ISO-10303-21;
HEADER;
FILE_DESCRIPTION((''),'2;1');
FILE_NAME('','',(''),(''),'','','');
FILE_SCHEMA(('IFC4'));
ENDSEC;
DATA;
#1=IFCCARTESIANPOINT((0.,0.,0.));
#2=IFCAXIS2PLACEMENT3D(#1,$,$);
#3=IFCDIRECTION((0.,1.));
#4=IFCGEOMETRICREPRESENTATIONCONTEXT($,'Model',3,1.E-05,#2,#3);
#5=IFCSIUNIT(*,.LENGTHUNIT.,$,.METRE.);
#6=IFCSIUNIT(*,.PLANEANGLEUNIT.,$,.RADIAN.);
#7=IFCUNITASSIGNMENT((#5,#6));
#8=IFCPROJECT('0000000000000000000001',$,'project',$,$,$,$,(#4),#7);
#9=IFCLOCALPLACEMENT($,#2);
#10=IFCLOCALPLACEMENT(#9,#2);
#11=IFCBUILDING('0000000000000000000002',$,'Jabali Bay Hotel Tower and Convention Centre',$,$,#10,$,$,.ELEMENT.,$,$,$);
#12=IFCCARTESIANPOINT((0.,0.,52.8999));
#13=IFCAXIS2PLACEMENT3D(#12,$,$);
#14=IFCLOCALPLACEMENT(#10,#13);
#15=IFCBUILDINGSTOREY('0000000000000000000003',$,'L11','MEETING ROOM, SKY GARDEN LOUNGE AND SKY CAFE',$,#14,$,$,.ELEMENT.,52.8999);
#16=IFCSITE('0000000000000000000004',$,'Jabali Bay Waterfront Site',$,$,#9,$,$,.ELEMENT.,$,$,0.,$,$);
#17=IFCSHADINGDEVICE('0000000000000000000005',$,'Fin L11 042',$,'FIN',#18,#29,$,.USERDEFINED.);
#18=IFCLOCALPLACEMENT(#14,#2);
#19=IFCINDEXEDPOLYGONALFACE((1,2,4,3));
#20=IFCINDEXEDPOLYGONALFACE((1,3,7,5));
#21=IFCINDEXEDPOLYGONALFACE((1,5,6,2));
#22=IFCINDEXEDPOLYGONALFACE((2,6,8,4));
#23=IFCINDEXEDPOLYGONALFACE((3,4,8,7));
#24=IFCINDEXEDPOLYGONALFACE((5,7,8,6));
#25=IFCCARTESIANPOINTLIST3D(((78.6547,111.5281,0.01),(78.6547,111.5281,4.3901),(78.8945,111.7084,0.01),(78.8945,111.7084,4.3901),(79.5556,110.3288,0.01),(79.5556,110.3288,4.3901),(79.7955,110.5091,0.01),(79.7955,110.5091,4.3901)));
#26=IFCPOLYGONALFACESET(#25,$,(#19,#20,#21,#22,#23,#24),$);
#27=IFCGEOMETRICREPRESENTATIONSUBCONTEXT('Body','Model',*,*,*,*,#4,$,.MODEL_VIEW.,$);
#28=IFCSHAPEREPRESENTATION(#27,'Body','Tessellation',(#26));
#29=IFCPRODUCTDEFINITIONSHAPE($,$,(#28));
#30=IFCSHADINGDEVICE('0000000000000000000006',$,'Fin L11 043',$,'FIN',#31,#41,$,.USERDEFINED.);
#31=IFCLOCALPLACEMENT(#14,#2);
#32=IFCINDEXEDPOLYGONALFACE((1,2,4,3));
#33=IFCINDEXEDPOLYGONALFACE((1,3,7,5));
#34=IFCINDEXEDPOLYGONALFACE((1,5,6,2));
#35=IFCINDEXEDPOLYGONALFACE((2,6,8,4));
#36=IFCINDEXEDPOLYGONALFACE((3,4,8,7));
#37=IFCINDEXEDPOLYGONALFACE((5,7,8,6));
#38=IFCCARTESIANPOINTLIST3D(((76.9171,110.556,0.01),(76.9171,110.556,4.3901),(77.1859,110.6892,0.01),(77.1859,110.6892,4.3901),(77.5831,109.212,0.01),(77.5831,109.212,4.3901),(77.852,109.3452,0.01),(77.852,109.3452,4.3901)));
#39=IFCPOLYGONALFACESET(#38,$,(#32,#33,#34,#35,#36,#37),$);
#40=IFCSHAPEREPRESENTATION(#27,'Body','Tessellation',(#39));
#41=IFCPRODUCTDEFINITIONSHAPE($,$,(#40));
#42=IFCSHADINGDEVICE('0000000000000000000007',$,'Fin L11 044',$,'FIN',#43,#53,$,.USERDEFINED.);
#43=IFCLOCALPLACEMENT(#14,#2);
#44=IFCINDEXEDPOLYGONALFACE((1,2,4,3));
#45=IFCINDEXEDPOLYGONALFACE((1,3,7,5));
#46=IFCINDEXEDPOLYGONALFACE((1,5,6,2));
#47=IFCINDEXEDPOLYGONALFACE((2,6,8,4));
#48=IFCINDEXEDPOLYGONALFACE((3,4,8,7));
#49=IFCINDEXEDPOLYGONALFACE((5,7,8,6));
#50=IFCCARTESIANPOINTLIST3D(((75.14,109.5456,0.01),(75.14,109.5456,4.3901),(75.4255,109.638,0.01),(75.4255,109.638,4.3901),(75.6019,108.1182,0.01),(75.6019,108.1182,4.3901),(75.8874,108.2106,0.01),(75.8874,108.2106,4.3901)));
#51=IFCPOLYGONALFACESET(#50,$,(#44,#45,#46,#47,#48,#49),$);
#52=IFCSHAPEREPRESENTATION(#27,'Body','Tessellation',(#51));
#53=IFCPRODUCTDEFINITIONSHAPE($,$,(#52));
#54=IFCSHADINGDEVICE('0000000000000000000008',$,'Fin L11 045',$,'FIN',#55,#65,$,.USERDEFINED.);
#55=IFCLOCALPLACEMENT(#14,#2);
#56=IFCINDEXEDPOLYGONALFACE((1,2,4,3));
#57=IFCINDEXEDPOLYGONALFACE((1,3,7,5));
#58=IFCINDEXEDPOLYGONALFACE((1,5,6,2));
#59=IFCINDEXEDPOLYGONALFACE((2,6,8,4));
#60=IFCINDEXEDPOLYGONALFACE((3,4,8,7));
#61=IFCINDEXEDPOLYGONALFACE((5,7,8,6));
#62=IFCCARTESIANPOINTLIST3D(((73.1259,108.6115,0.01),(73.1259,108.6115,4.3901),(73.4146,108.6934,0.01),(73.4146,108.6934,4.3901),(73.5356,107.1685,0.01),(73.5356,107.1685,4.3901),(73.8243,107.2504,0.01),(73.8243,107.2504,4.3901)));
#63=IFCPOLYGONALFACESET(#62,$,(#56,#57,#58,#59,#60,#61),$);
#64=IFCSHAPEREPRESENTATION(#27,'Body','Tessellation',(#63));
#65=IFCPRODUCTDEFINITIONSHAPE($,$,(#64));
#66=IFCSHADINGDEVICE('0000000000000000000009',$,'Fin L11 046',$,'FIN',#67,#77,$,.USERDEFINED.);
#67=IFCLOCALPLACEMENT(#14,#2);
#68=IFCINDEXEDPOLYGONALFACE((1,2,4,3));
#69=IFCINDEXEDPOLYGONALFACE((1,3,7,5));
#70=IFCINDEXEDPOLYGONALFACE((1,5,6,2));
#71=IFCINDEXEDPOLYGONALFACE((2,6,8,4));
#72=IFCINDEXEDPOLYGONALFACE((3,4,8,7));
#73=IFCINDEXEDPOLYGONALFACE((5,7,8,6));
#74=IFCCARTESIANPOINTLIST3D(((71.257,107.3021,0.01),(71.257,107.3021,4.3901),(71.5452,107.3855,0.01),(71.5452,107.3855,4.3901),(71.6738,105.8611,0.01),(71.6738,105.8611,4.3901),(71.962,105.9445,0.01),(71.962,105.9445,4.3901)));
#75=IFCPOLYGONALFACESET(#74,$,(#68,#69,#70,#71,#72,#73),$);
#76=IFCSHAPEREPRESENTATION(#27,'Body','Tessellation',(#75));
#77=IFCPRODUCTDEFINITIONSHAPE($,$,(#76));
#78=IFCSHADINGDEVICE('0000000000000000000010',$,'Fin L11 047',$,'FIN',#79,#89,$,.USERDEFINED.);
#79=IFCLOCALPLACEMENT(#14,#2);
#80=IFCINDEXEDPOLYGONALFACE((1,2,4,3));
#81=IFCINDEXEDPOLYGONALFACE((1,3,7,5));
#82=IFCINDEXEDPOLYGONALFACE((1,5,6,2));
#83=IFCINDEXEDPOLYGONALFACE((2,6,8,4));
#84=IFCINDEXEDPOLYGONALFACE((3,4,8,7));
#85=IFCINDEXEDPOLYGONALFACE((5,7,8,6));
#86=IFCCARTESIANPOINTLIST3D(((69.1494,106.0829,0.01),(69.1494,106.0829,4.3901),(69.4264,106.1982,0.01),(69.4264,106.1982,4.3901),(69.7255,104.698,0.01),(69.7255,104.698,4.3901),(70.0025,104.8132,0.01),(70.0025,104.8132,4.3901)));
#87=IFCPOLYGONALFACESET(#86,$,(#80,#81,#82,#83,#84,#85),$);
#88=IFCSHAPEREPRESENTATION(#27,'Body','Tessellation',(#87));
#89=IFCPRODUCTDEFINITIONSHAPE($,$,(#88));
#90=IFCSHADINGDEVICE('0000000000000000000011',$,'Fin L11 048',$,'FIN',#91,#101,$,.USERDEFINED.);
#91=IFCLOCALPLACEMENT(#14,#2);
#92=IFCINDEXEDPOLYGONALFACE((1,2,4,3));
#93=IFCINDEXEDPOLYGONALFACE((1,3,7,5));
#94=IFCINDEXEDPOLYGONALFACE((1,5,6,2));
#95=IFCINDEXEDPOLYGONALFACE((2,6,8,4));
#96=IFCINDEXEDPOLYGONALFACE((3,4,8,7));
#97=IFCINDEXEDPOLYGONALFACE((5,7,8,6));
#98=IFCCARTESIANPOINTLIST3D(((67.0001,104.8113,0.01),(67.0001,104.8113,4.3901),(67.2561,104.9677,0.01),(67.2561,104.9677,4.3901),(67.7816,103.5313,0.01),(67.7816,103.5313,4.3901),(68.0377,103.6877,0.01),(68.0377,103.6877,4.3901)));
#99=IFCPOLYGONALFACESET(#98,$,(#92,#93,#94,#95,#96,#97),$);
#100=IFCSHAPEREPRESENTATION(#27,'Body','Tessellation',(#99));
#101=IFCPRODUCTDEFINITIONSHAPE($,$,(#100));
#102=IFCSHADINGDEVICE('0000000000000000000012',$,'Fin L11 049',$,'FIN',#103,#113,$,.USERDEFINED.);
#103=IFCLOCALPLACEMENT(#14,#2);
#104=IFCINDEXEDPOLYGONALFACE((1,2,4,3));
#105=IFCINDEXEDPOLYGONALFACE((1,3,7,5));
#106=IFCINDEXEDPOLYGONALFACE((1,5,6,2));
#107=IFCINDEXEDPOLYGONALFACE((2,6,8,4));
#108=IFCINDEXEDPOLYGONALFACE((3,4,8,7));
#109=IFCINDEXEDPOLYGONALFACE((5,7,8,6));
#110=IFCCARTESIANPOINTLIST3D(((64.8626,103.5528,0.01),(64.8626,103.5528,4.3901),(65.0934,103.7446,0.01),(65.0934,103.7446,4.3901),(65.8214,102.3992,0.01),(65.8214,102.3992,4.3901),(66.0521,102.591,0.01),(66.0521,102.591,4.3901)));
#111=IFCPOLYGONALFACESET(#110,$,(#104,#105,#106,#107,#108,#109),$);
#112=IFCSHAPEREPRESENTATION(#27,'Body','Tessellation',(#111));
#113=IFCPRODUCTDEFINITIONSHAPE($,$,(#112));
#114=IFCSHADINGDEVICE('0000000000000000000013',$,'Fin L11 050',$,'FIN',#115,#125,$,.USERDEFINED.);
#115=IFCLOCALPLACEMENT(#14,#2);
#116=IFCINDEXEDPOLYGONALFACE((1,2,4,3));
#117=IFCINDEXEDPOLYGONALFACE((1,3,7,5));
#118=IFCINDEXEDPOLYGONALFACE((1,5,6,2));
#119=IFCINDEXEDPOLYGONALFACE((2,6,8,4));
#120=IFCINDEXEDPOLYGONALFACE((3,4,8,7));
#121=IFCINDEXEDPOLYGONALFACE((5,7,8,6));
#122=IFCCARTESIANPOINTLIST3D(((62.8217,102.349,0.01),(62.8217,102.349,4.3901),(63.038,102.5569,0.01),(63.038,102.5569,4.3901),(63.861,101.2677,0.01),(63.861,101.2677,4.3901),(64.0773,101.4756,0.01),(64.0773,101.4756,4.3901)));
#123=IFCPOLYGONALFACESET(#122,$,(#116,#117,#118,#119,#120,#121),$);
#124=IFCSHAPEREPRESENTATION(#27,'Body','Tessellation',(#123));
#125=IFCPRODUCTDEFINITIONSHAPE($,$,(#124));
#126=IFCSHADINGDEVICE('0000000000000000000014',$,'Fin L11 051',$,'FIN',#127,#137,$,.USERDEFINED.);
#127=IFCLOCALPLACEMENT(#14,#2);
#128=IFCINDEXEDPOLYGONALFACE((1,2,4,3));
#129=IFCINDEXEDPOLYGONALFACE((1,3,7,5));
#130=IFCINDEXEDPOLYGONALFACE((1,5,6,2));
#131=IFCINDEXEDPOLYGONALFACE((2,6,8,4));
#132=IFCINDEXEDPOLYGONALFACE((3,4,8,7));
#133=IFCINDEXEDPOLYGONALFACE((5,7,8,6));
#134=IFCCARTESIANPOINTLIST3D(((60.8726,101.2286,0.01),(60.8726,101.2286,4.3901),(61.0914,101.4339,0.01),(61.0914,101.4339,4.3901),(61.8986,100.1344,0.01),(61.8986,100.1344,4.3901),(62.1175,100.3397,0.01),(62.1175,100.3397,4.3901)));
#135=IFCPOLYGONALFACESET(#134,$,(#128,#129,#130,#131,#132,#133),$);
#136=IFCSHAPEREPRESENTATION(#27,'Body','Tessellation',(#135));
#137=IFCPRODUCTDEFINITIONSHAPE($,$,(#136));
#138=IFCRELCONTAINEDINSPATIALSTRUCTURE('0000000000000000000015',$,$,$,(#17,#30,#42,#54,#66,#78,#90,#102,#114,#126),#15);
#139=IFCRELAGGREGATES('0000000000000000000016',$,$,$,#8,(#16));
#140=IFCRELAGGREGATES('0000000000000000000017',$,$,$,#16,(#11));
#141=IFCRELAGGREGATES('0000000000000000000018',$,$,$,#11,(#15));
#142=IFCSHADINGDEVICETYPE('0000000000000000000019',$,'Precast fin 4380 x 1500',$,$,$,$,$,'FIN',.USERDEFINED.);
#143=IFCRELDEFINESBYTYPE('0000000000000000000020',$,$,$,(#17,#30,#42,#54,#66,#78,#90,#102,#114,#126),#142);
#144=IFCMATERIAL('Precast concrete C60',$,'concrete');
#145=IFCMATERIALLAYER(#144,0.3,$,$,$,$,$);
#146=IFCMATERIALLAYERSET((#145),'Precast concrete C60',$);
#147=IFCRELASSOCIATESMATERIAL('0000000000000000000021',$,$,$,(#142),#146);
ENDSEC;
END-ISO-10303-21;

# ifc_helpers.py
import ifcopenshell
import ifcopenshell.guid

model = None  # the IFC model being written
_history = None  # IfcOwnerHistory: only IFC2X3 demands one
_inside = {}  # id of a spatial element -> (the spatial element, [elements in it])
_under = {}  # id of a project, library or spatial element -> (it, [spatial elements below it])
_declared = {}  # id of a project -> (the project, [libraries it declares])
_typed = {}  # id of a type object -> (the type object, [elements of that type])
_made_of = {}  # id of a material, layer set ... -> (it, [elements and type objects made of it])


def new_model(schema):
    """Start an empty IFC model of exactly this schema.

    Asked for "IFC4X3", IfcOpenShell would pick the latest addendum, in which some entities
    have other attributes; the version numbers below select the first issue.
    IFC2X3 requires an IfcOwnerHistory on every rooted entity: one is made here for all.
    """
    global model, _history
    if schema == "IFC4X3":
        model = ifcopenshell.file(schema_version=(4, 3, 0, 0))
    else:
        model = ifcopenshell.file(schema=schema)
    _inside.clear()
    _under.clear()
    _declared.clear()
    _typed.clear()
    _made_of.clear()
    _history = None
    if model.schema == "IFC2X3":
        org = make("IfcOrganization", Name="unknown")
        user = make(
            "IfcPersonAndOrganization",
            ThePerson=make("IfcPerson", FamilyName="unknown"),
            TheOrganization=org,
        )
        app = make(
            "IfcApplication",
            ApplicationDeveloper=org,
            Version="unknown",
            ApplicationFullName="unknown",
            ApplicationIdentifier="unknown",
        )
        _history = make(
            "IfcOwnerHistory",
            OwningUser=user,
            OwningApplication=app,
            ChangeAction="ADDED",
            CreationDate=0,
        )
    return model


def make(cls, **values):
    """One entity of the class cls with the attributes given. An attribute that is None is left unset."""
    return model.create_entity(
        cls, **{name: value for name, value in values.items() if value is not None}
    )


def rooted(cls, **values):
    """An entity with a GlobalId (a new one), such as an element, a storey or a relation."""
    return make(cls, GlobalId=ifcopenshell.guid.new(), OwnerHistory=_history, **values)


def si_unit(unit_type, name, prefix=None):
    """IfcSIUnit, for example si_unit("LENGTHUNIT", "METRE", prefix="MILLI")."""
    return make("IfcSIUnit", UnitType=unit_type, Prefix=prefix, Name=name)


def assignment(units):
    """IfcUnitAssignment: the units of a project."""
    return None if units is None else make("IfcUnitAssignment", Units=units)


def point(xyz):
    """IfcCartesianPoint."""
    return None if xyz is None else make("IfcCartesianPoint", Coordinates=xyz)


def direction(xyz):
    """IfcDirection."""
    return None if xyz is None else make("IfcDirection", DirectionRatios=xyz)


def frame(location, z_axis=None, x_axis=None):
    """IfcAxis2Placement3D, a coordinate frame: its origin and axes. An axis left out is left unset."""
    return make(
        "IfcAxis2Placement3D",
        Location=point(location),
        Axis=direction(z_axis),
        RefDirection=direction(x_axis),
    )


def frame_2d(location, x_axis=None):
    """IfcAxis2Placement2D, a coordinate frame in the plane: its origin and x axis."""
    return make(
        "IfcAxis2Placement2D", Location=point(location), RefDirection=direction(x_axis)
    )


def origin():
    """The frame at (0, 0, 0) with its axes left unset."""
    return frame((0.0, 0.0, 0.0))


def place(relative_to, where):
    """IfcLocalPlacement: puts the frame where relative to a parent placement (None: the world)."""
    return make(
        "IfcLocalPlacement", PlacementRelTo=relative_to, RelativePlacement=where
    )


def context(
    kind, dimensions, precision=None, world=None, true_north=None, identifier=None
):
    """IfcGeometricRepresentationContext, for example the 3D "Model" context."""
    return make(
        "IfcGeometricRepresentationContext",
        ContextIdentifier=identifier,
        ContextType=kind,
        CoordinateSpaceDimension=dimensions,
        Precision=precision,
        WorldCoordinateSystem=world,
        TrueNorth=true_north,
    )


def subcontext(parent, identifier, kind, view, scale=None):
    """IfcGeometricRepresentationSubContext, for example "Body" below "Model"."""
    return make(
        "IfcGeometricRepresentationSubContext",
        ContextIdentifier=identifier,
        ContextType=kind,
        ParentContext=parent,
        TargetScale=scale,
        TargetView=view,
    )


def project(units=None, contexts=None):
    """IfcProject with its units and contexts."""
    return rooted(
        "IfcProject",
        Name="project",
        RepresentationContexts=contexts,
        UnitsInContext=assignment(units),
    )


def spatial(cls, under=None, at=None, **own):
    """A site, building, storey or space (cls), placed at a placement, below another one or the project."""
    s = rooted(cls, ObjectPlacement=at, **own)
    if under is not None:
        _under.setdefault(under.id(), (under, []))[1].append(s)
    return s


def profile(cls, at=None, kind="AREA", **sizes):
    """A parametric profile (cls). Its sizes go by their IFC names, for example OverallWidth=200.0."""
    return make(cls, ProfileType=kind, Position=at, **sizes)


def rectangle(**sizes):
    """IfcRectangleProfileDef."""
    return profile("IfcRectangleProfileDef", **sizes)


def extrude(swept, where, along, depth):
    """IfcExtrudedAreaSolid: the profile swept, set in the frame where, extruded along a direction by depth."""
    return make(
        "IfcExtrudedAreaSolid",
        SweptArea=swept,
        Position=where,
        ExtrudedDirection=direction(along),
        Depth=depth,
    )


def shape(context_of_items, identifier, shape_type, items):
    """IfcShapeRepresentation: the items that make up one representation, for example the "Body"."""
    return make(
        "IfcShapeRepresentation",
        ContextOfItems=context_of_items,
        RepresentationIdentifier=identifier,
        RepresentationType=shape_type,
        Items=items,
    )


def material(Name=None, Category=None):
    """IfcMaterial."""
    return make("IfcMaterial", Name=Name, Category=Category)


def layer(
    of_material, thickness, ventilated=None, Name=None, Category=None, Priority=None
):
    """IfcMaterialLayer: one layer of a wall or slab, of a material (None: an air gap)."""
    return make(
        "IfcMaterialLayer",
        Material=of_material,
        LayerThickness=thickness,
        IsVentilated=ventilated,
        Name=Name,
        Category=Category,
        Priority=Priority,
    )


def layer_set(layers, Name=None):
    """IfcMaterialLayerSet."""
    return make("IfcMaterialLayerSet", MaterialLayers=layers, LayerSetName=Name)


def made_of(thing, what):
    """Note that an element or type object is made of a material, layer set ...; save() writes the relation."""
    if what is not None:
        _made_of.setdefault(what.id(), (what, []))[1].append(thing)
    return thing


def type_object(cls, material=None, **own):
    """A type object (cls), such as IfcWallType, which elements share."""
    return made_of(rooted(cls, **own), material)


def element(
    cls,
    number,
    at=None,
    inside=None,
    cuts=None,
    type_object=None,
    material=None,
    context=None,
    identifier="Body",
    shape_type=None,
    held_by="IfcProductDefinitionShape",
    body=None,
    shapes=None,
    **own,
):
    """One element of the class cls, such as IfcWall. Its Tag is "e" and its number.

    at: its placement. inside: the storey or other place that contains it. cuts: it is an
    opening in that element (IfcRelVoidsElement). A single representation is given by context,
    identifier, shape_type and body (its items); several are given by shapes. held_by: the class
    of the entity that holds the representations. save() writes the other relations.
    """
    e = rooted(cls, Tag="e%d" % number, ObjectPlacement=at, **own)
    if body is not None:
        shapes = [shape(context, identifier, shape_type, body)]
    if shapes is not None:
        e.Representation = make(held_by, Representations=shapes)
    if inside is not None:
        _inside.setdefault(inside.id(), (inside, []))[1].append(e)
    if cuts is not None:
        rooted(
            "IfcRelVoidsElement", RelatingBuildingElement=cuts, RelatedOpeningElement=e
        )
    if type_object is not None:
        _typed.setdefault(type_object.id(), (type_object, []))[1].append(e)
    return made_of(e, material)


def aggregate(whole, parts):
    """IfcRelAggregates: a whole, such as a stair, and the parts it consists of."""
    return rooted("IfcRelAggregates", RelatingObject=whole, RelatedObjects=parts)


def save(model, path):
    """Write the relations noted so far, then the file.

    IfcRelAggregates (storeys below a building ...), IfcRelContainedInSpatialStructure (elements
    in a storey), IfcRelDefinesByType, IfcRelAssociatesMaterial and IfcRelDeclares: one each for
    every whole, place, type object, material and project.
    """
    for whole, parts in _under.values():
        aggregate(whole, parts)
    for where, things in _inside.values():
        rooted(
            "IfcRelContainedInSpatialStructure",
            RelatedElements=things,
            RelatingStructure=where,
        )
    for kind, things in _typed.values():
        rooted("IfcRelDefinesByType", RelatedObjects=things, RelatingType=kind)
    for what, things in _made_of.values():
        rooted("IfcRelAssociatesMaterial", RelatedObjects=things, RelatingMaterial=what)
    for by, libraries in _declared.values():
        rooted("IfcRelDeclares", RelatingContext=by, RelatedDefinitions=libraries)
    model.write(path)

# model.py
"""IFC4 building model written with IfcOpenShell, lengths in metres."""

from ifc_helpers import new_model, si_unit, direction, frame, frame_2d, origin, place, context, subcontext, project, spatial, rectangle, extrude, material, layer, layer_set, type_object, element, save


model = new_model("IFC4")

# Units and contexts
model_context = context("Model", 3, precision=1e-05, world=origin(), true_north=direction((0.0, 1.0)))
body_context = subcontext(model_context, "Body", "Model", "MODEL_VIEW")
ifc_project = project(units=[si_unit("LENGTHUNIT", "METRE"), si_unit("PLANEANGLEUNIT", "RADIAN")], contexts=[model_context])

# Site, building, storey
site_placement = place(None, origin())
site = spatial("IfcSite", under=ifc_project, at=site_placement, Name="Jabali Bay Waterfront Site", CompositionType="ELEMENT", RefElevation=0.0)
building_placement = place(site_placement, origin())
building = spatial("IfcBuilding", under=site, at=building_placement, Name="Jabali Bay Hotel Tower and Convention Centre", CompositionType="ELEMENT")
storey_placement = place(building_placement, frame((0.0, 0.0, 52.8999)))
storey = spatial("IfcBuildingStorey", under=building, at=storey_placement, Name="L11", Description="MEETING ROOM, SKY GARDEN LOUNGE AND SKY CAFE", CompositionType="ELEMENT", Elevation=52.8999)

# Shading devices
ifc_material_1 = material(Name="Precast concrete C60", Category="concrete")
ifc_layer_1 = layer(ifc_material_1, 0.3)
ifc_layer_set_1 = layer_set([ifc_layer_1], Name="Precast concrete C60")
shading_device_type = type_object("IfcShadingDeviceType", Name="Precast fin 4380 x 1500", ElementType="FIN", PredefinedType="USERDEFINED", material=ifc_layer_set_1)
for number, where, z_axis, x_axis, name in (
    (1, (79.6755, 110.4189, 0.01), (0.0, 0.0, 1.0), (-0.600625, 0.799531, 0.0), "Fin L11 042"),
    (2, (77.7175, 109.2786, 0.01), (0.0, 0.0, 1.0), (-0.444021, 0.896017, 0.0), "Fin L11 043"),
):
    element("IfcShadingDevice", number, at=place(storey_placement, frame(where, z_axis=z_axis, x_axis=x_axis)), inside=storey, type_object=shading_device_type, Name=name, ObjectType="FIN", PredefinedType="USERDEFINED", context=body_context, shape_type="SweptSolid", body=[
        extrude(rectangle(XDim=1.5, YDim=0.3, at=frame_2d((0.75, 0.0))), origin(), (0.0, 0.0, 1.0), 4.3801),
    ])
shading_device_1_placement = place(storey_placement, frame((75.7446, 108.1646, 0.01), z_axis=(0.0, 0.0, 1.0), x_axis=(-0.307916, 0.951414, 0.0)))
element("IfcShadingDevice", 3, at=shading_device_1_placement, inside=storey, type_object=shading_device_type, Name="Fin L11 044", ObjectType="FIN", PredefinedType="USERDEFINED", context=body_context, shape_type="SweptSolid", body=[
    extrude(rectangle(XDim=1.5002, YDim=0.3, at=frame_2d((0.75, 0.0))), origin(), (0.0, 0.0, 1.0), 4.3801),
])
for number, where, z_axis, x_axis, name in (
    (4, (73.6799, 107.2095, 0.01), (0.0, 0.0, 1.0), (-0.27313, 0.961977, 0.0), "Fin L11 045"),
    (5, (71.8179, 105.9028, 0.01), (0.0, 0.0, 1.0), (-0.277837, 0.960628, 0.0), "Fin L11 046"),
    (6, (69.864, 104.7556, 0.01), (0.0, 0.0, 1.0), (-0.384095, 0.923293, 0.0), "Fin L11 047"),
):
    element("IfcShadingDevice", number, at=place(storey_placement, frame(where, z_axis=z_axis, x_axis=x_axis)), inside=storey, type_object=shading_device_type, Name=name, ObjectType="FIN", PredefinedType="USERDEFINED", context=body_context, shape_type="SweptSolid", body=[
        extrude(rectangle(XDim=1.5, YDim=0.3, at=frame_2d((0.75, 0.0))), origin(), (0.0, 0.0, 1.0), 4.3801),
    ])
shading_device_2_placement = place(storey_placement, frame((67.9097, 103.6094, 0.01), z_axis=(0.0, 0.0, 1.0), x_axis=(-0.521088, 0.853503, 0.0)))
element("IfcShadingDevice", 7, at=shading_device_2_placement, inside=storey, type_object=shading_device_type, Name="Fin L11 048", ObjectType="FIN", PredefinedType="USERDEFINED", context=body_context, shape_type="SweptSolid", body=[
    extrude(rectangle(XDim=1.4998, YDim=0.3, at=frame_2d((0.75, 0.0))), origin(), (0.0, 0.0, 1.0), 4.3801),
])
shading_device_3_placement = place(storey_placement, frame((65.9368, 102.4951, 0.01), z_axis=(0.0, 0.0, 1.0), x_axis=(-0.639175, 0.769061, 0.0)))
element("IfcShadingDevice", 8, at=shading_device_3_placement, inside=storey, type_object=shading_device_type, Name="Fin L11 049", ObjectType="FIN", PredefinedType="USERDEFINED", context=body_context, shape_type="SweptSolid", body=[
    extrude(rectangle(XDim=1.5, YDim=0.3, at=frame_2d((0.75, 0.0))), origin(), (0.0, 0.0, 1.0), 4.3801),
])
shading_device_4_placement = place(storey_placement, frame((63.9692, 101.3716, 0.01), z_axis=(0.0, 0.0, 1.0), x_axis=(-0.692969, 0.720968, 0.0)))
element("IfcShadingDevice", 9, at=shading_device_4_placement, inside=storey, type_object=shading_device_type, Name="Fin L11 050", ObjectType="FIN", PredefinedType="USERDEFINED", context=body_context, shape_type="SweptSolid", body=[
    extrude(rectangle(XDim=1.4998, YDim=0.3, at=frame_2d((0.75, 0.0))), origin(), (0.0, 0.0, 1.0), 4.3801),
])
shading_device_5_placement = place(storey_placement, frame((62.0081, 100.2371, 0.01), z_axis=(0.0, 0.0, 1.0), x_axis=(-0.684039, 0.729446, 0.0)))
element("IfcShadingDevice", 10, at=shading_device_5_placement, inside=storey, type_object=shading_device_type, Name="Fin L11 051", ObjectType="FIN", PredefinedType="USERDEFINED", context=body_context, shape_type="SweptSolid", body=[
    extrude(rectangle(XDim=1.5, YDim=0.3, at=frame_2d((0.75, 0.0))), origin(), (0.0, 0.0, 1.0), 4.3801),
])

save(model, "model.ifc")
